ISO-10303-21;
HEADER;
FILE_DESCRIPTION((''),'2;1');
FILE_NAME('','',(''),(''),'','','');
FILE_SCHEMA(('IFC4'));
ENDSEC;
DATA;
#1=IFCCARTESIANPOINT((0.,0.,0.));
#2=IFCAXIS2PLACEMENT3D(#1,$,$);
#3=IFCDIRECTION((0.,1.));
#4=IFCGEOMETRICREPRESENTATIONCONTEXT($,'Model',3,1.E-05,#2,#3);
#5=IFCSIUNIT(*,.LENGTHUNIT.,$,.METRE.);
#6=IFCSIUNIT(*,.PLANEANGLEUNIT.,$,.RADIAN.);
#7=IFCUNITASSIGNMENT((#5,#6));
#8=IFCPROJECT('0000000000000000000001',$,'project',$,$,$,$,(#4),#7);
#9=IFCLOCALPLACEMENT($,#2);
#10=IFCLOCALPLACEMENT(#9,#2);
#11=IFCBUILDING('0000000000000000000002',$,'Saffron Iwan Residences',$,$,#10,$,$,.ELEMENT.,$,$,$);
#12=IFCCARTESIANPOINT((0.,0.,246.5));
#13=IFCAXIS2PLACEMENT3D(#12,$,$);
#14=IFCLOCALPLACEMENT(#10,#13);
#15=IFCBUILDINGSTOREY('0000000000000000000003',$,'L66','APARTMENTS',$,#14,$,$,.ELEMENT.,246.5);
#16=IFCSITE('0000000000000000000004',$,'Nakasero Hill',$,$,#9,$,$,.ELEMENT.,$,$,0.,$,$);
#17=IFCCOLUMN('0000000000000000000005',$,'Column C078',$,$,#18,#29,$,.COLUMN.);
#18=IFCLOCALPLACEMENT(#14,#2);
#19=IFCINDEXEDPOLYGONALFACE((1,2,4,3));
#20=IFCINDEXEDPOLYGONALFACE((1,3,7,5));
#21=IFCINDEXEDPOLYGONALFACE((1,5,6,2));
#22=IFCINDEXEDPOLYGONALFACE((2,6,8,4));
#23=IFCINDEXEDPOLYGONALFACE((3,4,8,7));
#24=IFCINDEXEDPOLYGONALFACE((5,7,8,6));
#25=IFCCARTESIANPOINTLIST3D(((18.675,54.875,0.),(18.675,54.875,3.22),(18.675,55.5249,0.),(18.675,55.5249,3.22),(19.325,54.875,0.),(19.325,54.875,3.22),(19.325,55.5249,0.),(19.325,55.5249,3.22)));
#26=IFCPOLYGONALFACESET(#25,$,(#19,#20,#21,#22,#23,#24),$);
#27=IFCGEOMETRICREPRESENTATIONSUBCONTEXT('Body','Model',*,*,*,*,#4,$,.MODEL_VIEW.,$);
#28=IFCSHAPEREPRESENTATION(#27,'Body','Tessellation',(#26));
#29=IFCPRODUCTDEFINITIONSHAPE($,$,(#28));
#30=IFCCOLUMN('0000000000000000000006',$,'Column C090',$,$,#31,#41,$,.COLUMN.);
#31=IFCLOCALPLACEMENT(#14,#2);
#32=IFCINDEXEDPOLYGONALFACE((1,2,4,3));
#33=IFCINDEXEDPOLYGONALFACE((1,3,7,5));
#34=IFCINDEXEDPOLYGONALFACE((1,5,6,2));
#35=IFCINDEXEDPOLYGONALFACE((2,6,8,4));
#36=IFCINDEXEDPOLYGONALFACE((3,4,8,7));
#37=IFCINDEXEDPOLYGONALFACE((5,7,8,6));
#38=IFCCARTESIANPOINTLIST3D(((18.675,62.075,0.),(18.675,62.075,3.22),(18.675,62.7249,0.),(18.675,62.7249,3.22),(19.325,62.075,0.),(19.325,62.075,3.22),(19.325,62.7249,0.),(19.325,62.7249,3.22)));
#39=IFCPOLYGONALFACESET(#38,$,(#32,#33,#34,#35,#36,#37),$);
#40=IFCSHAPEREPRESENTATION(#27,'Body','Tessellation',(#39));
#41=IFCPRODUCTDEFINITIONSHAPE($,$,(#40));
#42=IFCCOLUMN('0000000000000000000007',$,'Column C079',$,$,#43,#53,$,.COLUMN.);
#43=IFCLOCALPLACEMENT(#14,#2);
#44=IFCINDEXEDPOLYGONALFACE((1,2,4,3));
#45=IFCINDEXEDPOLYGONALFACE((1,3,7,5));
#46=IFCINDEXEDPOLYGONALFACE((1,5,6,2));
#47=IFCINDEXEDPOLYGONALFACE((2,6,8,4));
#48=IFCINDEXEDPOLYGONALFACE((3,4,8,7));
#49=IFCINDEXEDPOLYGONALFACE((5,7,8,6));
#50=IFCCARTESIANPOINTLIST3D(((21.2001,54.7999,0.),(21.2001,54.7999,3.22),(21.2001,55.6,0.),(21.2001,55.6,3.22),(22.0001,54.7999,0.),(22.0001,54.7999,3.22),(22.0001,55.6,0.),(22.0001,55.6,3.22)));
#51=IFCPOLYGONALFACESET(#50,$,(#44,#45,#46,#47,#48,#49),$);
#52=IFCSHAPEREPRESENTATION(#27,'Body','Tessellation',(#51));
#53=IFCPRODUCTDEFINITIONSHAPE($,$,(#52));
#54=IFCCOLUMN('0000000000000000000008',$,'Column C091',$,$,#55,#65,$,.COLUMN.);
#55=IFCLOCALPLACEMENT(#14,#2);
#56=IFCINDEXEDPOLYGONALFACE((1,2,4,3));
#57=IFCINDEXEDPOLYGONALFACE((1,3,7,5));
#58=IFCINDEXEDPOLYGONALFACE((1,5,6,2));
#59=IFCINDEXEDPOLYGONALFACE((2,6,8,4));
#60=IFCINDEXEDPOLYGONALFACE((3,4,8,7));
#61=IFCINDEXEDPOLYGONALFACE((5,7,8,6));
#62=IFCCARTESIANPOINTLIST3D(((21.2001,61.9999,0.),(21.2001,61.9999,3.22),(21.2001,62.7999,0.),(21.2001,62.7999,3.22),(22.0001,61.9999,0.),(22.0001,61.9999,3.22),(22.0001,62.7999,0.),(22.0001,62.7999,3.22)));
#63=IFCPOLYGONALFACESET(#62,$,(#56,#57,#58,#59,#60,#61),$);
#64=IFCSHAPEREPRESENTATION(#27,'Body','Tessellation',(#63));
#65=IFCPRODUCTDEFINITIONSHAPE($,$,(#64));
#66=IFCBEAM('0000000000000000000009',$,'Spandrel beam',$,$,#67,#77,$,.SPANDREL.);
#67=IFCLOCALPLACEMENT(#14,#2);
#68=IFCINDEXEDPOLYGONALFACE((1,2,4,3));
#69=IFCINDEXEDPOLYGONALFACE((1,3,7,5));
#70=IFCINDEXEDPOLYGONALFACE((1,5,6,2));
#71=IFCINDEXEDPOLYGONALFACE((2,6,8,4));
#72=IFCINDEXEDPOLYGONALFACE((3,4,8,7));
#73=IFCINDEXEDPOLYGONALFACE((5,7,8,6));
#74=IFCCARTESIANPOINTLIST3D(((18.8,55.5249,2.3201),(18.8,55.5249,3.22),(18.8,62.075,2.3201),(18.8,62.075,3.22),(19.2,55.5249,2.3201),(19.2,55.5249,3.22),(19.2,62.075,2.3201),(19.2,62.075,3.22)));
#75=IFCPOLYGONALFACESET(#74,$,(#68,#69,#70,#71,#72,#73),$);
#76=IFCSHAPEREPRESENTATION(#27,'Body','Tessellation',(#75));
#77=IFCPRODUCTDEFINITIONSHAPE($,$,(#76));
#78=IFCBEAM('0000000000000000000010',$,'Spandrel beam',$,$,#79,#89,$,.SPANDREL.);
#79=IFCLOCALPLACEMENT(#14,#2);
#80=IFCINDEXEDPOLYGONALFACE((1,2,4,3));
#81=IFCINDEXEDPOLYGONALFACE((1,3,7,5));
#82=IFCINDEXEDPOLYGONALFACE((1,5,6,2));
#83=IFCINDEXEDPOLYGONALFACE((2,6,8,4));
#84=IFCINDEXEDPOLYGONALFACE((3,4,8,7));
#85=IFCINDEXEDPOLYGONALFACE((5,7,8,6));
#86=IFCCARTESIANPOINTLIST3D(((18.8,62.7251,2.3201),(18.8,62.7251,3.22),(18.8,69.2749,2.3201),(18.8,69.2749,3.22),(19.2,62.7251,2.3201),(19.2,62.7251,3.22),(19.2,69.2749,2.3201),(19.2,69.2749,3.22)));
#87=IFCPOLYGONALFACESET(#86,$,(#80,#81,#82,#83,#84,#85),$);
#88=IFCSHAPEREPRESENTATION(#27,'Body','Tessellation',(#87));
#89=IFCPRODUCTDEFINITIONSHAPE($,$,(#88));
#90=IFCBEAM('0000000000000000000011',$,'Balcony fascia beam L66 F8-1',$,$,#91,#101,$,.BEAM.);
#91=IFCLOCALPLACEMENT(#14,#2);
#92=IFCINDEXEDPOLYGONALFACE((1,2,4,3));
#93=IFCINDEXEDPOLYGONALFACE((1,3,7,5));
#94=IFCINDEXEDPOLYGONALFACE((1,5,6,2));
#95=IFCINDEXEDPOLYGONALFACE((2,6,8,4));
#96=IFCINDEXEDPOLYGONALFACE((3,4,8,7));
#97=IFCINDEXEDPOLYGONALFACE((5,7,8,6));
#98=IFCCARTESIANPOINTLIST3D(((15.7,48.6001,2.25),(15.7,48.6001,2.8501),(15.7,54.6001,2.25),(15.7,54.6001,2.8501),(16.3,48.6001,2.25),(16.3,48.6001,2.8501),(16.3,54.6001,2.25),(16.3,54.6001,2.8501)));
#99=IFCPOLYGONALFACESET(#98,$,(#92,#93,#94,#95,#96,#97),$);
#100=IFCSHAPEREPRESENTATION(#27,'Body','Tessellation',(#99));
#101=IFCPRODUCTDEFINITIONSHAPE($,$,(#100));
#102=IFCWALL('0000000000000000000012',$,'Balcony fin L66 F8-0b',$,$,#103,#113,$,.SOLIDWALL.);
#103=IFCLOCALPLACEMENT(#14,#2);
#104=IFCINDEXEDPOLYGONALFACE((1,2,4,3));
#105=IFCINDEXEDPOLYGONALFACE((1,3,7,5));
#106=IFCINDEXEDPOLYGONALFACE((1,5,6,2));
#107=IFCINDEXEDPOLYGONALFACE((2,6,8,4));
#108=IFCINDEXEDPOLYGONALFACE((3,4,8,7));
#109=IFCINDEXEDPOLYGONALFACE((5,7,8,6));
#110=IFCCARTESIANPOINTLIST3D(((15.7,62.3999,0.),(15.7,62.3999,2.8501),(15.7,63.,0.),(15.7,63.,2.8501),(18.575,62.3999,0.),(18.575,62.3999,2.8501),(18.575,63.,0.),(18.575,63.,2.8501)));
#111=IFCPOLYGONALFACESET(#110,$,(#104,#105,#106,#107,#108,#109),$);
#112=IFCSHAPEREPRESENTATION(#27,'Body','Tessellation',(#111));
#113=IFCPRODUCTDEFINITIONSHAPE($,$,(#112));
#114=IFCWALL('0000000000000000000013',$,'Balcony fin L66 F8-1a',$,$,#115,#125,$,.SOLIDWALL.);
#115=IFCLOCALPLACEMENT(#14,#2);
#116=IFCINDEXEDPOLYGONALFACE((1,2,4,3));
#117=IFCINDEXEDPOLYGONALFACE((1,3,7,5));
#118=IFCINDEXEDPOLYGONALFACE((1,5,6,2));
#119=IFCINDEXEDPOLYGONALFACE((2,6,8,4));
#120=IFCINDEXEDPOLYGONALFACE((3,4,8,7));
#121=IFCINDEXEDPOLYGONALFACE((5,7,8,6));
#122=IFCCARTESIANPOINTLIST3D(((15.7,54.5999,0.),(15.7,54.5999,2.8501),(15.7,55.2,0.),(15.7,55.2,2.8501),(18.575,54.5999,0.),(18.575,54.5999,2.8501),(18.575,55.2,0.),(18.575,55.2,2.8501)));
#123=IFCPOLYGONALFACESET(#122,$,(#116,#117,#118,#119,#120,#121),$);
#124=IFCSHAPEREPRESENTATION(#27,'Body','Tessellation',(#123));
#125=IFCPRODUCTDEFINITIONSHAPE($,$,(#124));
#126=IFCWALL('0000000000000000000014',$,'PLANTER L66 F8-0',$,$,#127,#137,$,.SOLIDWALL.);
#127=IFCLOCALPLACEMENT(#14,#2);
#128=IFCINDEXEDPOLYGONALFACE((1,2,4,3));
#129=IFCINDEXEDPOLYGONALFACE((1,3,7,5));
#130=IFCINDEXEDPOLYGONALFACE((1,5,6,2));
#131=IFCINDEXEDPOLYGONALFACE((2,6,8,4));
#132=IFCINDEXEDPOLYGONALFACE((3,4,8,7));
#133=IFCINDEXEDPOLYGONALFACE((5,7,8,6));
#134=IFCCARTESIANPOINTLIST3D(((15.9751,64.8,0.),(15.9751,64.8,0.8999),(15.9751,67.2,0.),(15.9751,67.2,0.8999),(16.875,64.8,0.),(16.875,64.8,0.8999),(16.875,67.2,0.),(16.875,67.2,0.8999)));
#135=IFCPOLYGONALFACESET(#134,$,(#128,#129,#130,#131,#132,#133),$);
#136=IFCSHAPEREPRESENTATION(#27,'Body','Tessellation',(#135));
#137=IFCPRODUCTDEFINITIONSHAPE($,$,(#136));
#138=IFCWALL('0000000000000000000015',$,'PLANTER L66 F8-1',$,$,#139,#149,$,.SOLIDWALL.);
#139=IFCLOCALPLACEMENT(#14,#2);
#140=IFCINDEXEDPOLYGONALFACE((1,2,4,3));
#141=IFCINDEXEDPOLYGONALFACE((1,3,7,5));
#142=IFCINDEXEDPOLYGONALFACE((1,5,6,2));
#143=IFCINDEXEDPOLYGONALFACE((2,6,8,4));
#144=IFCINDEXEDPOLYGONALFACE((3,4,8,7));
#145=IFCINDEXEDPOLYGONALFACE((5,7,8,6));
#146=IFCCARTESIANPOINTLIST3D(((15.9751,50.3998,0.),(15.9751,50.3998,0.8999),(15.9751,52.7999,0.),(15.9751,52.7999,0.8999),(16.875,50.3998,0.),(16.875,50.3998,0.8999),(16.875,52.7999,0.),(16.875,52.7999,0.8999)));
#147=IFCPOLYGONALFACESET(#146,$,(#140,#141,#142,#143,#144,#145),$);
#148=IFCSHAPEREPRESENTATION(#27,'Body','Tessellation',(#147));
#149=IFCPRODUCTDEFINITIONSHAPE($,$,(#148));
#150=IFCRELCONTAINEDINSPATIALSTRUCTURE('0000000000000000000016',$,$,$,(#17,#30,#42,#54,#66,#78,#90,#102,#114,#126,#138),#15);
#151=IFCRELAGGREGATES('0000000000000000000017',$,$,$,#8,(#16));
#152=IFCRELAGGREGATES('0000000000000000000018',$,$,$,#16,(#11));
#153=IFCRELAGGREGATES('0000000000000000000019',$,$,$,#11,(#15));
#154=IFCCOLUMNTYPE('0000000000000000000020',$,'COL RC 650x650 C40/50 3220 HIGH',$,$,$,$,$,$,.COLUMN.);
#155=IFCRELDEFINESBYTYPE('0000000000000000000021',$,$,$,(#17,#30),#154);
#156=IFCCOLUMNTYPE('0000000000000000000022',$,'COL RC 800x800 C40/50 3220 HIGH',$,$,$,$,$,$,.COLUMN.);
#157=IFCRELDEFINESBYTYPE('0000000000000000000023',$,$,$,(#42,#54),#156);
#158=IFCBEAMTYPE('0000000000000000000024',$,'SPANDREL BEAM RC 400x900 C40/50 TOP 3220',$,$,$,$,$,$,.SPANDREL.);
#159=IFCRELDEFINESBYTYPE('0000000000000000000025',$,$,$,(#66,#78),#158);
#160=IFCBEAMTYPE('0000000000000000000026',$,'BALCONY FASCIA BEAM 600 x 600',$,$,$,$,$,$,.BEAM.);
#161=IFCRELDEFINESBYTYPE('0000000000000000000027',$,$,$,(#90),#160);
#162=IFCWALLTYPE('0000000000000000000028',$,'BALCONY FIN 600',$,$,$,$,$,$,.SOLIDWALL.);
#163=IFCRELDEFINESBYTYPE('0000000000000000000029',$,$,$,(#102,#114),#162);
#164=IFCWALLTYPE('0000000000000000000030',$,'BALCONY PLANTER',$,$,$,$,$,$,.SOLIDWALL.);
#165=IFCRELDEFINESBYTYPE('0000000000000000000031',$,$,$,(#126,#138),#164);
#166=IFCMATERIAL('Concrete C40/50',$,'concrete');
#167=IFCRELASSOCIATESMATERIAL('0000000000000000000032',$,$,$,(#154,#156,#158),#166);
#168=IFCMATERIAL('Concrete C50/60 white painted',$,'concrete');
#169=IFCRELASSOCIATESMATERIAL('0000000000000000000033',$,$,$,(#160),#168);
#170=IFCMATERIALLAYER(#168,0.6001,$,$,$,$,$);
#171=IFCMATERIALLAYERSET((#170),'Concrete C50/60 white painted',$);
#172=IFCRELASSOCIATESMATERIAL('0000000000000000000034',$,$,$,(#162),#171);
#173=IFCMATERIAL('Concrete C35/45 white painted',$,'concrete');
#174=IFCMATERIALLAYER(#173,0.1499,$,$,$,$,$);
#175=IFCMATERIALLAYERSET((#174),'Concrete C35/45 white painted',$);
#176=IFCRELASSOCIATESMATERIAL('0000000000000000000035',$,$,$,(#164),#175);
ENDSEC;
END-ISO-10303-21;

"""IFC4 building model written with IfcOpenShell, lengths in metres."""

from ifc_helpers import new_model, si_unit, direction, frame, frame_2d, origin, origin_2d, place, context, subcontext, project, spatial, rectangle, extrude, source, transform, mapped, material, layer, layer_set, material_profile, profile_set, type_object, element, save


model = new_model("IFC4")

# Units and contexts
model_context = context("Model", 3, precision=1e-05, world=origin(), true_north=direction((0.0, 1.0)))
body_context = subcontext(model_context, "Body", "Model", "MODEL_VIEW")
ifc_project = project(units=[si_unit("LENGTHUNIT", "METRE"), si_unit("PLANEANGLEUNIT", "RADIAN")], contexts=[model_context])

# Site, building, storey
site_placement = place(None, origin())
site = spatial("IfcSite", under=ifc_project, at=site_placement, Name="Nakasero Hill", CompositionType="ELEMENT", RefElevation=0.0)
building_placement = place(site_placement, origin())
building = spatial("IfcBuilding", under=site, at=building_placement, Name="Saffron Iwan Residences", CompositionType="ELEMENT")
storey_placement = place(building_placement, frame((0.0, 0.0, 246.5)))
storey = spatial("IfcBuildingStorey", under=building, at=storey_placement, Name="L66", Description="APARTMENTS", CompositionType="ELEMENT", Elevation=246.5)

# Columns
ifc_material_1 = material(Name="Concrete C40/50", Category="concrete")
ifc_material_profile_1 = material_profile(ifc_material_1, rectangle(XDim=0.6499, YDim=0.6499, at=origin_2d()), Name="RC 650x650")
ifc_profile_set_1 = profile_set([ifc_material_profile_1], Name="Concrete C40/50")
column_type_1 = type_object("IfcColumnType", Name="COL RC 650x650 C40/50 3220 HIGH", PredefinedType="COLUMN", material=ifc_profile_set_1)
shared_shape_1 = source(origin(), body_context, "Body", "SweptSolid", [
    extrude(rectangle(XDim=0.6499, YDim=0.6499, at=origin_2d()), origin(), (0.0, 0.0, 1.0), 3.22),
])
for number, where, z_axis, x_axis, name in (
    (1, (19.0, 55.2, 0.0), (0.0, 0.0, 1.0), (1.0, 0.0, 0.0), "Column C078"),
    (2, (19.0, 62.3999, 0.0), (0.0, 0.0, 1.0), (1.0, 0.0, 0.0), "Column C090"),
):
    element("IfcColumn", number, at=place(storey_placement, frame(where, z_axis=z_axis, x_axis=x_axis)), inside=storey, type_object=column_type_1, Name=name, PredefinedType="COLUMN", context=body_context, shape_type="MappedRepresentation", body=[
        mapped(shared_shape_1, transform((0.0, 0.0, 0.0))),
    ])
ifc_material_profile_2 = material_profile(ifc_material_1, rectangle(XDim=0.8, YDim=0.8, at=origin_2d()), Name="RC 800x800")
ifc_profile_set_2 = profile_set([ifc_material_profile_2], Name="Concrete C40/50")
column_type_2 = type_object("IfcColumnType", Name="COL RC 800x800 C40/50 3220 HIGH", PredefinedType="COLUMN", material=ifc_profile_set_2)
shared_shape_2 = source(origin(), body_context, "Body", "SweptSolid", [
    extrude(rectangle(XDim=0.8, YDim=0.8, at=origin_2d()), origin(), (0.0, 0.0, 1.0), 3.22),
])
for number, where, z_axis, x_axis, name in (
    (3, (21.6001, 55.2, 0.0), (0.0, 0.0, 1.0), (1.0, 0.0, 0.0), "Column C079"),
    (4, (21.6001, 62.3999, 0.0), (0.0, 0.0, 1.0), (1.0, 0.0, 0.0), "Column C091"),
):
    element("IfcColumn", number, at=place(storey_placement, frame(where, z_axis=z_axis, x_axis=x_axis)), inside=storey, type_object=column_type_2, Name=name, PredefinedType="COLUMN", context=body_context, shape_type="MappedRepresentation", body=[
        mapped(shared_shape_2, transform((0.0, 0.0, 0.0))),
    ])

# Beams
ifc_material_profile_3 = material_profile(ifc_material_1, rectangle(XDim=0.3999, YDim=0.8999, at=origin_2d()), Name="RC 400x900")
ifc_profile_set_3 = profile_set([ifc_material_profile_3], Name="Concrete C40/50")
beam_type_1 = type_object("IfcBeamType", Name="SPANDREL BEAM RC 400x900 C40/50 TOP 3220", PredefinedType="SPANDREL", material=ifc_profile_set_3)
shared_shape_3 = source(origin(), body_context, "Body", "SweptSolid", [
    extrude(rectangle(XDim=0.3999, YDim=0.8999, at=origin_2d()), origin(), (0.0, 0.0, 1.0), 6.55),
])
beam_1_placement = place(storey_placement, frame((19.0, 55.5249, 2.77), z_axis=(0.0, 1.0, 0.0), x_axis=(-1.0, 0.0, 0.0)))
element("IfcBeam", 5, at=beam_1_placement, inside=storey, type_object=beam_type_1, Name="Spandrel beam", PredefinedType="SPANDREL", context=body_context, shape_type="MappedRepresentation", body=[
    mapped(shared_shape_3, transform((0.0, 0.0, 0.0))),
])
shared_shape_4 = source(origin(), body_context, "Body", "SweptSolid", [
    extrude(rectangle(XDim=0.3999, YDim=0.8999, at=origin_2d()), origin(), (0.0, 0.0, 1.0), 6.5498),
])
beam_2_placement = place(storey_placement, frame((19.0, 62.7251, 2.77), z_axis=(0.0, 1.0, 0.0), x_axis=(-1.0, 0.0, 0.0)))
element("IfcBeam", 6, at=beam_2_placement, inside=storey, type_object=beam_type_1, Name="Spandrel beam", PredefinedType="SPANDREL", context=body_context, shape_type="MappedRepresentation", body=[
    mapped(shared_shape_4, transform((0.0, 0.0, 0.0))),
])
ifc_material_2 = material(Name="Concrete C50/60 white painted", Category="concrete")
ifc_material_profile_4 = material_profile(ifc_material_2, rectangle(XDim=0.6001, YDim=0.6001, at=origin_2d()), Name="BALCONY FASCIA BEAM 600 x 600")
ifc_profile_set_4 = profile_set([ifc_material_profile_4], Name="Concrete C50/60 white painted")
beam_type_2 = type_object("IfcBeamType", Name="BALCONY FASCIA BEAM 600 x 600", PredefinedType="BEAM", material=ifc_profile_set_4)
shared_shape_5 = source(origin(), body_context, "Body", "SweptSolid", [
    extrude(rectangle(XDim=0.6001, YDim=0.6001, at=origin_2d()), origin(), (0.0, 0.0, 1.0), 6.0),
])
beam_3_placement = place(storey_placement, frame((16.0, 54.6001, 2.55), z_axis=(0.0, -1.0, 0.0), x_axis=(1.0, 0.0, 0.0)))
element("IfcBeam", 7, at=beam_3_placement, inside=storey, type_object=beam_type_2, Name="Balcony fascia beam L66 F8-1", PredefinedType="BEAM", context=body_context, shape_type="MappedRepresentation", body=[
    mapped(shared_shape_5, transform((0.0, 0.0, 0.0))),
])

# Walls
ifc_layer_1 = layer(ifc_material_2, 0.6001)
ifc_layer_set_1 = layer_set([ifc_layer_1], Name="Concrete C50/60 white painted")
wall_type_1 = type_object("IfcWallType", Name="BALCONY FIN 600", PredefinedType="SOLIDWALL", material=ifc_layer_set_1)
for number, where, z_axis, x_axis, name in (
    (8, (18.575, 62.7, 0.0), (0.0, 0.0, 1.0), (-1.0, 0.0, 0.0), "Balcony fin L66 F8-0b"),
    (9, (18.575, 54.8999, 0.0), (0.0, 0.0, 1.0), (-1.0, 0.0, 0.0), "Balcony fin L66 F8-1a"),
):
    element("IfcWall", number, at=place(storey_placement, frame(where, z_axis=z_axis, x_axis=x_axis)), inside=storey, type_object=wall_type_1, Name=name, PredefinedType="SOLIDWALL", context=body_context, shape_type="SweptSolid", body=[
        extrude(rectangle(XDim=2.875, YDim=0.6001, at=frame_2d((1.4375, 0.0))), origin(), (0.0, 0.0, 1.0), 2.8501),
    ])
ifc_material_3 = material(Name="Concrete C35/45 white painted", Category="concrete")
ifc_layer_2 = layer(ifc_material_3, 0.1499)
ifc_layer_set_2 = layer_set([ifc_layer_2], Name="Concrete C35/45 white painted")
wall_type_2 = type_object("IfcWallType", Name="BALCONY PLANTER", PredefinedType="SOLIDWALL", material=ifc_layer_set_2)
wall_1_placement = place(storey_placement, frame((16.425, 67.2, 0.0), z_axis=(0.0, 0.0, 1.0), x_axis=(0.0, -1.0, 0.0)))
element("IfcWall", 10, at=wall_1_placement, inside=storey, type_object=wall_type_2, Name="PLANTER L66 F8-0", PredefinedType="SOLIDWALL", context=body_context, shape_type="SweptSolid", body=[
    extrude(rectangle(XDim=2.3999, YDim=0.8999, at=frame_2d((1.2, 0.0))), origin(), (0.0, 0.0, 1.0), 0.8999),
])
wall_2_placement = place(storey_placement, frame((16.425, 52.8, 0.0), z_axis=(0.0, 0.0, 1.0), x_axis=(0.0, -1.0, 0.0)))
element("IfcWall", 11, at=wall_2_placement, inside=storey, type_object=wall_type_2, Name="PLANTER L66 F8-1", PredefinedType="SOLIDWALL", context=body_context, shape_type="SweptSolid", body=[
    extrude(rectangle(XDim=2.4001, YDim=0.8999, at=frame_2d((1.2002, 0.0))), origin(), (0.0, 0.0, 1.0), 0.8999),
])

save(model, "model.ifc")
